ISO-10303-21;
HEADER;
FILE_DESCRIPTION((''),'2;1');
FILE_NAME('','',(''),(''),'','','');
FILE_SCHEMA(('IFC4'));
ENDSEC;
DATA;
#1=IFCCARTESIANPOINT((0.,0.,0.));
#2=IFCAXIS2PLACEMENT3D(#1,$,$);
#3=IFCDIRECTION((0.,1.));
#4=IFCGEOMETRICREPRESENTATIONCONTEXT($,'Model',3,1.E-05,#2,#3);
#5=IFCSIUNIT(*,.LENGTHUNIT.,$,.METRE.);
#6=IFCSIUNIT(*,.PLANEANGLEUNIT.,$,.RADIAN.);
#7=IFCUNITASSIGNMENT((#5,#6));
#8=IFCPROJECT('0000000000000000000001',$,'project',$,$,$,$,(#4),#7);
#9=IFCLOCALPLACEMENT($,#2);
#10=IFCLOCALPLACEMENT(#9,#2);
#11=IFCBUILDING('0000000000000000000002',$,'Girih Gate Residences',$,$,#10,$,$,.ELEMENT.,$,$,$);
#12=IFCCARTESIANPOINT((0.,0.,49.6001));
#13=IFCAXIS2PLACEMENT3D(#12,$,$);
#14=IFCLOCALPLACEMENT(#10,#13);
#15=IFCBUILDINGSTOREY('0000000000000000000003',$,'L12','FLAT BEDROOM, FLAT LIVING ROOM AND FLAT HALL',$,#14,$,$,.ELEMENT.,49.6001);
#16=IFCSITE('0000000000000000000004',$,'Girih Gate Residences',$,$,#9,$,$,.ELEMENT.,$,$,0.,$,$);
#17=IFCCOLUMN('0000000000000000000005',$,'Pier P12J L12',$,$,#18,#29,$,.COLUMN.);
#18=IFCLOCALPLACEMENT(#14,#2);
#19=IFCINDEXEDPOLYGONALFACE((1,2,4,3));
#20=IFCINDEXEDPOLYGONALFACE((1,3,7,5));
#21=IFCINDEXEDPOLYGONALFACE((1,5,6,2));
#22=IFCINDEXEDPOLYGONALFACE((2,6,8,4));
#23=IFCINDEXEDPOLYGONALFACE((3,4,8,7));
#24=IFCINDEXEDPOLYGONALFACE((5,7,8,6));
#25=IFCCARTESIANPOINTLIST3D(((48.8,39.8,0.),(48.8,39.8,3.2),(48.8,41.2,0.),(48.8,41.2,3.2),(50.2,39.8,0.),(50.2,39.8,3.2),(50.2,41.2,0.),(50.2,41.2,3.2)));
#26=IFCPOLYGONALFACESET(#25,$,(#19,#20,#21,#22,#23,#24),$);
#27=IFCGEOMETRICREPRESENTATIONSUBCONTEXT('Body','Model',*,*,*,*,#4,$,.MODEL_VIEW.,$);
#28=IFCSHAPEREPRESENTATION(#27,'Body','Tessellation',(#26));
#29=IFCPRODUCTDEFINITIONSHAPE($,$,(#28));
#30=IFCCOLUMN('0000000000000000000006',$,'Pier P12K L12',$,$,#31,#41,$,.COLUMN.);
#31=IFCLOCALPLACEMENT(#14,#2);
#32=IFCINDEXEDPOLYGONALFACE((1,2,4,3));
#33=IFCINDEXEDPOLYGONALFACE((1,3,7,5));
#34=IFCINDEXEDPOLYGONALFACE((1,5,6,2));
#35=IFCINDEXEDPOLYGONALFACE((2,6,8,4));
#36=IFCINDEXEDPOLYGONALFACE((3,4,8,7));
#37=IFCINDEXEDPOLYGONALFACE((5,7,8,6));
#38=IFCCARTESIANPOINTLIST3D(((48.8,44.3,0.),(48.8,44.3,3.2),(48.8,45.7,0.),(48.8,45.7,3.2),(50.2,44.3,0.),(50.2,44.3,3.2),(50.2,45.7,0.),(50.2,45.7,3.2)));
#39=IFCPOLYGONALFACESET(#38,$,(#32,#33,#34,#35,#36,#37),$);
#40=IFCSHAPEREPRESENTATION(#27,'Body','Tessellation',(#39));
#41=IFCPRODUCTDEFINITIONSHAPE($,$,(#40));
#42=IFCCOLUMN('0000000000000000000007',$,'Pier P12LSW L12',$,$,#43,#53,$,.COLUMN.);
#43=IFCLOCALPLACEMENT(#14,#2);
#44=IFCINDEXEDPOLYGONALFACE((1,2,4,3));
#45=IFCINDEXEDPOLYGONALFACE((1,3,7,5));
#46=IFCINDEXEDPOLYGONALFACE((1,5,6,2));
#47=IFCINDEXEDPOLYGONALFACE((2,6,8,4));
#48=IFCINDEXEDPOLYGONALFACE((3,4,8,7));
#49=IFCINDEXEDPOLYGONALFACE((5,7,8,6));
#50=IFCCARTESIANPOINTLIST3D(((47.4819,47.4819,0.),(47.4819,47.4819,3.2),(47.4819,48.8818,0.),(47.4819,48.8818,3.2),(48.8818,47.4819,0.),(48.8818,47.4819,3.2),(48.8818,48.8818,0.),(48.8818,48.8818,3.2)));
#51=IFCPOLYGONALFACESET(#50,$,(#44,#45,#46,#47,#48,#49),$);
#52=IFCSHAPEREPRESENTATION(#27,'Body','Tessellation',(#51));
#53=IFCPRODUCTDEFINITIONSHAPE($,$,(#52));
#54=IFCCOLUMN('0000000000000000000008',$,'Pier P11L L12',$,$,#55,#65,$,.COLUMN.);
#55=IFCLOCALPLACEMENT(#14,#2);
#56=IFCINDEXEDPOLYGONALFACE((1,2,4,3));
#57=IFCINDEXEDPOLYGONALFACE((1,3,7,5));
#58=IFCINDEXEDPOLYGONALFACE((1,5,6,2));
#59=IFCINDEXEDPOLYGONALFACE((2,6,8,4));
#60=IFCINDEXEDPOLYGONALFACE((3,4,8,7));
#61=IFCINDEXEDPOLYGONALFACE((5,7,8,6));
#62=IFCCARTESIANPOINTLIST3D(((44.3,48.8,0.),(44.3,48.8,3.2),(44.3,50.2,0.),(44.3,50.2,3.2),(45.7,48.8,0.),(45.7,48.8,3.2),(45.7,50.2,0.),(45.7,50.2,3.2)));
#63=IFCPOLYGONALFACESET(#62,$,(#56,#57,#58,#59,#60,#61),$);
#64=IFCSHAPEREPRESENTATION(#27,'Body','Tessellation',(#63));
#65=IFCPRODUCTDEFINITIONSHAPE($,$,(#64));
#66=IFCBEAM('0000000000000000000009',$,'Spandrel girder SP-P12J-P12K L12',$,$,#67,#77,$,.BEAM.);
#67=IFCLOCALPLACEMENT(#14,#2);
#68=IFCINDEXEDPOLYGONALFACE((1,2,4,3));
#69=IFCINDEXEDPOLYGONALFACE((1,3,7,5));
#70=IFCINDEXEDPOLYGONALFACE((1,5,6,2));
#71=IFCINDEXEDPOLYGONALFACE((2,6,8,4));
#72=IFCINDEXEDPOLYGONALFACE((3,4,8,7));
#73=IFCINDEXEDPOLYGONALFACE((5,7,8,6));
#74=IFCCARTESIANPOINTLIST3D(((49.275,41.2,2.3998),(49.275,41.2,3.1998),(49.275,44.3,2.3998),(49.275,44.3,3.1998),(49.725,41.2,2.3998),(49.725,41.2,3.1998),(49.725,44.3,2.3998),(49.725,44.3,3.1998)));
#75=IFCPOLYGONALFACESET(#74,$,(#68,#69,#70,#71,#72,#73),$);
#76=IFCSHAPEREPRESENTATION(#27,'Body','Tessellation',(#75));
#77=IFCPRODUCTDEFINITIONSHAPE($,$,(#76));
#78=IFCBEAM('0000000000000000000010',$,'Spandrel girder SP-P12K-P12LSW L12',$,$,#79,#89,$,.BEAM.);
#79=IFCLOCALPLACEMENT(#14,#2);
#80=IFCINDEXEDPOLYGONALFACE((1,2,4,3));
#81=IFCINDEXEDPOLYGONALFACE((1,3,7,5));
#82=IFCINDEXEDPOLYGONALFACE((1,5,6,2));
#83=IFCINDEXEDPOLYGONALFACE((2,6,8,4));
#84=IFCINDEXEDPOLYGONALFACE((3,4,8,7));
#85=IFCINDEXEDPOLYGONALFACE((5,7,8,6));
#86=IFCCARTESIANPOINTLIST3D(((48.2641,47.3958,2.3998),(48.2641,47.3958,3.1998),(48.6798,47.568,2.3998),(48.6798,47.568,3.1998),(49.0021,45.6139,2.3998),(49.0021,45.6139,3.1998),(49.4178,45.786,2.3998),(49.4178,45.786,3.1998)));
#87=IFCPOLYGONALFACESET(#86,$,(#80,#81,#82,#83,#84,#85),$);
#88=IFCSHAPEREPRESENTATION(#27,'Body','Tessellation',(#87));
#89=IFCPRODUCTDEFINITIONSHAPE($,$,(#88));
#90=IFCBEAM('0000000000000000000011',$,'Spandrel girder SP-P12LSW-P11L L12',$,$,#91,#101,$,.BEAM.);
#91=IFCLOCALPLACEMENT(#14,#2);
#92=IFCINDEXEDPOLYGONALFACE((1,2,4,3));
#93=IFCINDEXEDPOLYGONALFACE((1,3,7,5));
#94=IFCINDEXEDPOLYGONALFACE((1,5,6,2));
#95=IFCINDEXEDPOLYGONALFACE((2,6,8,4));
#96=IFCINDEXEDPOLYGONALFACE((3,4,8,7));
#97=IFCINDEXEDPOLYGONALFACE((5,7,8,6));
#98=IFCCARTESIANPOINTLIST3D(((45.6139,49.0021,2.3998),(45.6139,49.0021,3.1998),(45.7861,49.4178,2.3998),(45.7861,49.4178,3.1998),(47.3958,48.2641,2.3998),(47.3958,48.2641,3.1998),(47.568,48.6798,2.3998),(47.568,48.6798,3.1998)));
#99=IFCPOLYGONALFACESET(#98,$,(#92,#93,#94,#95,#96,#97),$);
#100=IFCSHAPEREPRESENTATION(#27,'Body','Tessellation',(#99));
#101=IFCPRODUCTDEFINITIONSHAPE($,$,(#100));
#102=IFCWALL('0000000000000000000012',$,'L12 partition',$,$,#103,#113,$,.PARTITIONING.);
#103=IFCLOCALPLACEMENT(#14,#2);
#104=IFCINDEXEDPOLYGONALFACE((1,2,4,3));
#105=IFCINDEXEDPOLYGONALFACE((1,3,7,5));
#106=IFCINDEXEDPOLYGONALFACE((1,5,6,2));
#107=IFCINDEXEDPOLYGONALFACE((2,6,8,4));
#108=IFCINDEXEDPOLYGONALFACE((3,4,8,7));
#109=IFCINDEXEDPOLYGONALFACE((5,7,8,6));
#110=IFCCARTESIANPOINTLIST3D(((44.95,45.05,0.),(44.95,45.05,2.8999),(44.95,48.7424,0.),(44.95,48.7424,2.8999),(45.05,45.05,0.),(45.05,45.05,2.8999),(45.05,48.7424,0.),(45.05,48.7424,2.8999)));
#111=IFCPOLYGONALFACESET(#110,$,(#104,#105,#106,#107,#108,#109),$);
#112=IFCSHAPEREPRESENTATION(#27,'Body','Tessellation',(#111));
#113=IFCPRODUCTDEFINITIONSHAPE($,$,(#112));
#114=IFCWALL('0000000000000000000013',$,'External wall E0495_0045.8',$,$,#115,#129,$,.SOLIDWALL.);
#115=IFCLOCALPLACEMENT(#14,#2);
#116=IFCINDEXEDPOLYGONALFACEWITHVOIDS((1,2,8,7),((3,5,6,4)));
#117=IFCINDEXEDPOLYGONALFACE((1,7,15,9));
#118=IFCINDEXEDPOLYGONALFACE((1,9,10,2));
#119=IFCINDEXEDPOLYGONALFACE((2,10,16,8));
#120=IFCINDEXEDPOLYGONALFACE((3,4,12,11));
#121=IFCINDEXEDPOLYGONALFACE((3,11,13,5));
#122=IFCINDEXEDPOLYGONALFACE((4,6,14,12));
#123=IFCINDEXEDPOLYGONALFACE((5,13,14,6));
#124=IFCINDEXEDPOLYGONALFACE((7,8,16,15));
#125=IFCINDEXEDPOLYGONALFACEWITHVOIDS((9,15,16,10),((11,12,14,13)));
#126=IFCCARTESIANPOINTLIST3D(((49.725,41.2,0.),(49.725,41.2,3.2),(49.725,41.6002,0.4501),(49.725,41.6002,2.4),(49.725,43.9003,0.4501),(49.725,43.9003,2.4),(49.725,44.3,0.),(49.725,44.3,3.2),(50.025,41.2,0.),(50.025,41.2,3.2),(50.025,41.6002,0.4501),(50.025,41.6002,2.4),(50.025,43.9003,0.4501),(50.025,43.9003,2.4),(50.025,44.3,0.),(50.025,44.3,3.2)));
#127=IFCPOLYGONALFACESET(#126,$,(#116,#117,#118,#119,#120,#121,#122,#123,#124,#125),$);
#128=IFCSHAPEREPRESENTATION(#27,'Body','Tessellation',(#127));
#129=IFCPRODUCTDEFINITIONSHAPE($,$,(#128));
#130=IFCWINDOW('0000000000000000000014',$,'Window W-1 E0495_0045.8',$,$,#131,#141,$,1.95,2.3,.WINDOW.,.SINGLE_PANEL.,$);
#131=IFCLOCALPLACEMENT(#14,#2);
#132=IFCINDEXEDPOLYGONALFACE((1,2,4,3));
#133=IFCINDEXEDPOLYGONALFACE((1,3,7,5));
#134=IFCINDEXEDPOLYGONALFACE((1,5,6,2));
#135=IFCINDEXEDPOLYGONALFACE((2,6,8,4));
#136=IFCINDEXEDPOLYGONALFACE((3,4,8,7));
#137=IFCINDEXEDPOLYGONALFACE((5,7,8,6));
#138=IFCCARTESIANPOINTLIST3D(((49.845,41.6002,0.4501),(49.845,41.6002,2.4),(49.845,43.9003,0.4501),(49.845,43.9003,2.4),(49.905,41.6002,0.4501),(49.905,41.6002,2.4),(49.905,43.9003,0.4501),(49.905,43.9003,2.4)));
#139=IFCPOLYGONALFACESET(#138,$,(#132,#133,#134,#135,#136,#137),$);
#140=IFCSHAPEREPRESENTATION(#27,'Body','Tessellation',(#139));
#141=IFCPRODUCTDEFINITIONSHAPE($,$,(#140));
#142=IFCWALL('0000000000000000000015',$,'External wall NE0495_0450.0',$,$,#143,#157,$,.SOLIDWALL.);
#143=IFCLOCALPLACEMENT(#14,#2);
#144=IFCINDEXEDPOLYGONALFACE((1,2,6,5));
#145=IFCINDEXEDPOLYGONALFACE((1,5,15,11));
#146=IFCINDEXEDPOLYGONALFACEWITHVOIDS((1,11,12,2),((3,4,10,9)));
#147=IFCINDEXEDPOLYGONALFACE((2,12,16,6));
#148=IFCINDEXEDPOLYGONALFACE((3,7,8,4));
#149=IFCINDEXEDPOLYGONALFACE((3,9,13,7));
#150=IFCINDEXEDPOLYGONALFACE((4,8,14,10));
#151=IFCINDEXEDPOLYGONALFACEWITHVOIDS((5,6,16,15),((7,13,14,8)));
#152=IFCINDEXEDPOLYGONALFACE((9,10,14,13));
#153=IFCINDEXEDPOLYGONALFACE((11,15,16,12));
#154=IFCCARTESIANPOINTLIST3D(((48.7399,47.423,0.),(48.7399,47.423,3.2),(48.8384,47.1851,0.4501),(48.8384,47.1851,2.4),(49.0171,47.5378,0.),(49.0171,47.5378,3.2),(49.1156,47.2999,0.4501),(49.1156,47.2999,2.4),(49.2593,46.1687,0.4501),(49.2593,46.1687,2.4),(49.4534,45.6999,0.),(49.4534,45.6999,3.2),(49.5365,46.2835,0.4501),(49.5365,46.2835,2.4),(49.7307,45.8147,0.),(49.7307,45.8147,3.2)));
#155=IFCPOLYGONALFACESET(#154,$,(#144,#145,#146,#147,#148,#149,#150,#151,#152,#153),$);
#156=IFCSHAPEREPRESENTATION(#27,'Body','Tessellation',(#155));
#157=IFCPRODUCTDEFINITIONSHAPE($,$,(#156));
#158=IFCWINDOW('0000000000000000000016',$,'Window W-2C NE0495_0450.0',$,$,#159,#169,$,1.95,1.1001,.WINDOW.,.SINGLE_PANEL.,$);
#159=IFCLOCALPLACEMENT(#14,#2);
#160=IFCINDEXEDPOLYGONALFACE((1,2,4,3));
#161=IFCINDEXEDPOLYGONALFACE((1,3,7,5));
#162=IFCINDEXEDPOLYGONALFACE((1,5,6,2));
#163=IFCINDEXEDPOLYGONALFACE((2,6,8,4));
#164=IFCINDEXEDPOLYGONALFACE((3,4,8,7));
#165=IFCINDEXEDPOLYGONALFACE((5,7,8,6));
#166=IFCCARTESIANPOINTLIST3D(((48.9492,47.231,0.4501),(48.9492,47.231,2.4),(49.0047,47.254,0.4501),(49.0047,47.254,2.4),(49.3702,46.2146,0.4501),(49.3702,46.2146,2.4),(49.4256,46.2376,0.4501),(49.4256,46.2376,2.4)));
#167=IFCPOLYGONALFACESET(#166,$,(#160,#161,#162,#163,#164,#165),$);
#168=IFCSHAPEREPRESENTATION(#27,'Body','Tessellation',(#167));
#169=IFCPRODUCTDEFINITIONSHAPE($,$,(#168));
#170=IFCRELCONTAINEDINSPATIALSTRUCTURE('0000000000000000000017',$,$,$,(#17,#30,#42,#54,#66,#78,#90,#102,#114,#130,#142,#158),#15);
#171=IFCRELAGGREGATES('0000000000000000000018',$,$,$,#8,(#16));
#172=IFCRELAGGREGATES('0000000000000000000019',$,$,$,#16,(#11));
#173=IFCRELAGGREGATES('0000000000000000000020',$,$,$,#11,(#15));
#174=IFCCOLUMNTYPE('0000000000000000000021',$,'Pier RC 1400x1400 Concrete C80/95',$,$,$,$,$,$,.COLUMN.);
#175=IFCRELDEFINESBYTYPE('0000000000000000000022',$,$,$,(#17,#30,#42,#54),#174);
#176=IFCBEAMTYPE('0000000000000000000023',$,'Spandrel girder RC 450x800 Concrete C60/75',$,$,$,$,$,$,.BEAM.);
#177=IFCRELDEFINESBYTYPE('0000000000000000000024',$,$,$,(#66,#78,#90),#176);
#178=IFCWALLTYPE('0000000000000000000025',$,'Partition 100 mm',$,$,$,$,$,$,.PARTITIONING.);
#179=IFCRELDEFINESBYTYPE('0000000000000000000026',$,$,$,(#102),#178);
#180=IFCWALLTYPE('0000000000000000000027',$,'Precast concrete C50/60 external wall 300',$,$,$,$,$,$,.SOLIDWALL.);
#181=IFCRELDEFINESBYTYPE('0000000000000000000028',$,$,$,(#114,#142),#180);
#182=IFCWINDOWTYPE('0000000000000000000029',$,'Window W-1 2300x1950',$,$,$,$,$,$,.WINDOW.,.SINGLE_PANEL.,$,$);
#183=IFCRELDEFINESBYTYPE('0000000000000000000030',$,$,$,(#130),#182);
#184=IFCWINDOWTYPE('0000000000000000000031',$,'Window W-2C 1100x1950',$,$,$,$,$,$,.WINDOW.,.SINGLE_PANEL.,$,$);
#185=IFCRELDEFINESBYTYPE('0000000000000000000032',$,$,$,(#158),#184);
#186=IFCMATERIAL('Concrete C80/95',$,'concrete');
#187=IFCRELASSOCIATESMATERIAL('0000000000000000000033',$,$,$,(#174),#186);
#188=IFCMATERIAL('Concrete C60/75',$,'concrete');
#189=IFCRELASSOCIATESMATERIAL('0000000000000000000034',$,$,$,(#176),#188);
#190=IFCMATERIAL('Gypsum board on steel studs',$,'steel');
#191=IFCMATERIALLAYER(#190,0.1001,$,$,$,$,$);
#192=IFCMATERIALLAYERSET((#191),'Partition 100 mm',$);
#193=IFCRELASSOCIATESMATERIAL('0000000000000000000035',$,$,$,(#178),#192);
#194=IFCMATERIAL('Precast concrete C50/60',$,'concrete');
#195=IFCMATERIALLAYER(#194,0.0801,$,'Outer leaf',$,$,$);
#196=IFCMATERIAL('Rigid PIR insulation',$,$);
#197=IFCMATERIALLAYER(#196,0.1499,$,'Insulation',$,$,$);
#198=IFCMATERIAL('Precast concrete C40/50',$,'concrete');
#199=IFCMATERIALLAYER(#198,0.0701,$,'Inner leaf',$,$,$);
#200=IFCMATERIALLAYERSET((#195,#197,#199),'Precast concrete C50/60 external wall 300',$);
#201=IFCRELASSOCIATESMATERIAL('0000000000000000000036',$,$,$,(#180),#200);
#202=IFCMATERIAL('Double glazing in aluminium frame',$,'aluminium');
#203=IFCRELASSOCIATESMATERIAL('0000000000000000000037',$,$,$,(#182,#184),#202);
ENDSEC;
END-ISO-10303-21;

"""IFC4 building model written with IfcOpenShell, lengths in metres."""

from ifc_helpers import new_model, si_unit, direction, frame, frame_2d, origin, origin_2d, place, context, subcontext, project, spatial, rectangle, extrude, material, layer, layer_set, material_profile, profile_set, type_object, element, fill, save


model = new_model("IFC4")

# Units and contexts
model_context = context("Model", 3, precision=1e-05, world=origin(), true_north=direction((0.0, 1.0)))
body_context = subcontext(model_context, "Body", "Model", "MODEL_VIEW")
ifc_project = project(units=[si_unit("LENGTHUNIT", "METRE"), si_unit("PLANEANGLEUNIT", "RADIAN")], contexts=[model_context])

# Site, building, storey
site_placement = place(None, origin())
site = spatial("IfcSite", under=ifc_project, at=site_placement, Name="Girih Gate Residences", CompositionType="ELEMENT", RefElevation=0.0)
building_placement = place(site_placement, origin())
building = spatial("IfcBuilding", under=site, at=building_placement, Name="Girih Gate Residences", CompositionType="ELEMENT")
storey_placement = place(building_placement, frame((0.0, 0.0, 49.6001)))
storey = spatial("IfcBuildingStorey", under=building, at=storey_placement, Name="L12", Description="FLAT BEDROOM, FLAT LIVING ROOM AND FLAT HALL", CompositionType="ELEMENT", Elevation=49.6001)

# Columns
ifc_material_1 = material(Name="Concrete C80/95", Category="concrete")
ifc_material_profile_1 = material_profile(ifc_material_1, rectangle(XDim=1.3999, YDim=1.3999, at=origin_2d()))
ifc_profile_set_1 = profile_set([ifc_material_profile_1], Name="Concrete C80/95")
column_type = type_object("IfcColumnType", Name="Pier RC 1400x1400 Concrete C80/95", PredefinedType="COLUMN", material=ifc_profile_set_1)
for number, where, z_axis, x_axis, name in (
    (1, (49.5, 40.5, 0.0), (0.0, 0.0, 1.0), (1.0, 0.0, 0.0), "Pier P12J L12"),
    (2, (49.5, 45.0, 0.0), (0.0, 0.0, 1.0), (1.0, 0.0, 0.0), "Pier P12K L12"),
    (3, (48.1819, 48.1819, 0.0), (0.0, 0.0, 1.0), (1.0, 0.0, 0.0), "Pier P12LSW L12"),
    (4, (45.0, 49.5, 0.0), (0.0, 0.0, 1.0), (1.0, 0.0, 0.0), "Pier P11L L12"),
):
    element("IfcColumn", number, at=place(storey_placement, frame(where, z_axis=z_axis, x_axis=x_axis)), inside=storey, type_object=column_type, Name=name, PredefinedType="COLUMN", context=body_context, shape_type="SweptSolid", body=[
        extrude(rectangle(XDim=1.3999, YDim=1.3999, at=origin_2d()), origin(), (0.0, 0.0, 1.0), 3.2),
    ])

# Beams
ifc_material_2 = material(Name="Concrete C60/75", Category="concrete")
ifc_material_profile_2 = material_profile(ifc_material_2, rectangle(XDim=0.45, YDim=0.8, at=origin_2d()))
ifc_profile_set_2 = profile_set([ifc_material_profile_2], Name="Concrete C60/75")
beam_type = type_object("IfcBeamType", Name="Spandrel girder RC 450x800 Concrete C60/75", PredefinedType="BEAM", material=ifc_profile_set_2)
beam_placement = place(storey_placement, frame((49.5, 41.2, 2.7998), z_axis=(0.0, 1.0, 0.0), x_axis=(-1.0, 0.0, 0.0)))
element("IfcBeam", 5, at=beam_placement, inside=storey, type_object=beam_type, Name="Spandrel girder SP-P12J-P12K L12", PredefinedType="BEAM", context=body_context, shape_type="SweptSolid", body=[
    extrude(rectangle(XDim=0.45, YDim=0.8, at=origin_2d()), origin(), (0.0, 0.0, 1.0), 3.1001),
])
for number, where, z_axis, x_axis, name in (
    (6, (49.21, 45.7, 2.7998), (-0.382646, 0.923895, 0.0), (-0.923895, -0.382646, 0.0), "Spandrel girder SP-P12K-P12LSW L12"),
    (7, (47.4819, 48.4719, 2.7998), (-0.923895, 0.382646, 0.0), (-0.382646, -0.923895, 0.0), "Spandrel girder SP-P12LSW-P11L L12"),
):
    element("IfcBeam", number, at=place(storey_placement, frame(where, z_axis=z_axis, x_axis=x_axis)), inside=storey, type_object=beam_type, Name=name, PredefinedType="BEAM", context=body_context, shape_type="SweptSolid", body=[
        extrude(rectangle(XDim=0.45, YDim=0.8, at=origin_2d()), origin(), (0.0, 0.0, 1.0), 1.9287),
    ])

# Wall
ifc_material_3 = material(Name="Gypsum board on steel studs", Category="steel")
ifc_layer_1 = layer(ifc_material_3, 0.1001)
ifc_layer_set_1 = layer_set([ifc_layer_1], Name="Partition 100 mm")
wall_type_1 = type_object("IfcWallType", Name="Partition 100 mm", PredefinedType="PARTITIONING", material=ifc_layer_set_1)
wall_1_placement = place(storey_placement, frame((45.0, 45.05, 0.0), z_axis=(0.0, 0.0, 1.0), x_axis=(0.0, 1.0, 0.0)))
element("IfcWall", 8, at=wall_1_placement, inside=storey, type_object=wall_type_1, Name="L12 partition", PredefinedType="PARTITIONING", context=body_context, shape_type="SweptSolid", body=[
    extrude(rectangle(XDim=3.6924, YDim=0.1001, at=frame_2d((1.8462, 0.0))), origin(), (0.0, 0.0, 1.0), 2.8999),
])

# Walls, openings, windows
ifc_material_4 = material(Name="Precast concrete C50/60", Category="concrete")
ifc_layer_2 = layer(ifc_material_4, 0.0801, Name="Outer leaf")
ifc_material_5 = material(Name="Rigid PIR insulation")
ifc_layer_3 = layer(ifc_material_5, 0.1499, Name="Insulation")
ifc_material_6 = material(Name="Precast concrete C40/50", Category="concrete")
ifc_layer_4 = layer(ifc_material_6, 0.0701, Name="Inner leaf")
ifc_layer_set_2 = layer_set([ifc_layer_2, ifc_layer_3, ifc_layer_4], Name="Precast concrete C50/60 external wall 300")
wall_type_2 = type_object("IfcWallType", Name="Precast concrete C50/60 external wall 300", PredefinedType="SOLIDWALL", material=ifc_layer_set_2)
wall_2_placement = place(storey_placement, frame((49.875, 44.3, 0.0), z_axis=(0.0, 0.0, 1.0), x_axis=(0.0, -1.0, 0.0)))
wall_2 = element("IfcWall", 9, at=wall_2_placement, inside=storey, type_object=wall_type_2, Name="External wall E0495_0045.8", PredefinedType="SOLIDWALL", context=body_context, shape_type="SweptSolid", body=[
    extrude(rectangle(XDim=3.1001, YDim=0.3, at=frame_2d((1.55, 0.0))), origin(), (0.0, 0.0, 1.0), 3.2),
])
opening_1_placement = place(wall_2_placement, frame((0.3999, 0.0, 0.45)))
opening_1 = element("IfcOpeningElement", 10, at=opening_1_placement, cuts=wall_2, PredefinedType="OPENING", context=body_context, shape_type="SweptSolid", body=[
    extrude(rectangle(XDim=2.3, YDim=1.95, at=frame_2d((1.1499, 0.9751))), frame((0.0, 0.1599, 0.0), z_axis=(0.0, -1.0, 0.0), x_axis=(1.0, 0.0, 0.0)), (0.0, 0.0, 1.0), 0.3201),
])
ifc_material_7 = material(Name="Double glazing in aluminium frame", Category="aluminium")
window_type_1 = type_object("IfcWindowType", Name="Window W-1 2300x1950", PartitioningType="SINGLE_PANEL", PredefinedType="WINDOW", material=ifc_material_7)
window_1_placement = place(opening_1_placement, origin())
window_1 = element("IfcWindow", 11, at=window_1_placement, inside=storey, type_object=window_type_1, Name="Window W-1 E0495_0045.8", OverallHeight=1.95, OverallWidth=2.3, PartitioningType="SINGLE_PANEL", PredefinedType="WINDOW", context=body_context, shape_type="SweptSolid", body=[
    extrude(rectangle(XDim=2.3, YDim=1.95, at=frame_2d((1.1499, 0.9751))), frame((0.0, 0.03, 0.0), z_axis=(0.0, -1.0, 0.0), x_axis=(1.0, 0.0, 0.0)), (0.0, 0.0, 1.0), 0.0601),
])
fill(opening_1, window_1)
wall_3_placement = place(storey_placement, frame((48.8784, 47.4805, 0.0), z_axis=(0.0, 0.0, 1.0), x_axis=(0.382625, -0.923904, 0.0)))
wall_3 = element("IfcWall", 12, at=wall_3_placement, inside=storey, type_object=wall_type_2, Name="External wall NE0495_0450.0", PredefinedType="SOLIDWALL", context=body_context, shape_type="SweptSolid", body=[
    extrude(rectangle(XDim=1.865, YDim=0.3, at=frame_2d((0.9326, 0.0))), origin(), (0.0, 0.0, 1.0), 3.2),
])
opening_2_placement = place(wall_3_placement, frame((0.2576, 0.0, 0.45)))
opening_2 = element("IfcOpeningElement", 13, at=opening_2_placement, cuts=wall_3, PredefinedType="OPENING", context=body_context, shape_type="SweptSolid", body=[
    extrude(rectangle(XDim=1.1001, YDim=1.95, at=frame_2d((0.55, 0.9751))), frame((0.0, 0.1599, 0.0), z_axis=(0.0, -1.0, 0.0), x_axis=(1.0, 0.0, 0.0)), (0.0, 0.0, 1.0), 0.3201),
])
window_type_2 = type_object("IfcWindowType", Name="Window W-2C 1100x1950", PartitioningType="SINGLE_PANEL", PredefinedType="WINDOW", material=ifc_material_7)
window_2_placement = place(opening_2_placement, origin())
window_2 = element("IfcWindow", 14, at=window_2_placement, inside=storey, type_object=window_type_2, Name="Window W-2C NE0495_0450.0", OverallHeight=1.95, OverallWidth=1.1001, PartitioningType="SINGLE_PANEL", PredefinedType="WINDOW", context=body_context, shape_type="SweptSolid", body=[
    extrude(rectangle(XDim=1.1001, YDim=1.95, at=frame_2d((0.55, 0.9751))), frame((0.0, 0.03, 0.0), z_axis=(0.0, -1.0, 0.0), x_axis=(1.0, 0.0, 0.0)), (0.0, 0.0, 1.0), 0.0601),
])
fill(opening_2, window_2)

save(model, "model.ifc")
